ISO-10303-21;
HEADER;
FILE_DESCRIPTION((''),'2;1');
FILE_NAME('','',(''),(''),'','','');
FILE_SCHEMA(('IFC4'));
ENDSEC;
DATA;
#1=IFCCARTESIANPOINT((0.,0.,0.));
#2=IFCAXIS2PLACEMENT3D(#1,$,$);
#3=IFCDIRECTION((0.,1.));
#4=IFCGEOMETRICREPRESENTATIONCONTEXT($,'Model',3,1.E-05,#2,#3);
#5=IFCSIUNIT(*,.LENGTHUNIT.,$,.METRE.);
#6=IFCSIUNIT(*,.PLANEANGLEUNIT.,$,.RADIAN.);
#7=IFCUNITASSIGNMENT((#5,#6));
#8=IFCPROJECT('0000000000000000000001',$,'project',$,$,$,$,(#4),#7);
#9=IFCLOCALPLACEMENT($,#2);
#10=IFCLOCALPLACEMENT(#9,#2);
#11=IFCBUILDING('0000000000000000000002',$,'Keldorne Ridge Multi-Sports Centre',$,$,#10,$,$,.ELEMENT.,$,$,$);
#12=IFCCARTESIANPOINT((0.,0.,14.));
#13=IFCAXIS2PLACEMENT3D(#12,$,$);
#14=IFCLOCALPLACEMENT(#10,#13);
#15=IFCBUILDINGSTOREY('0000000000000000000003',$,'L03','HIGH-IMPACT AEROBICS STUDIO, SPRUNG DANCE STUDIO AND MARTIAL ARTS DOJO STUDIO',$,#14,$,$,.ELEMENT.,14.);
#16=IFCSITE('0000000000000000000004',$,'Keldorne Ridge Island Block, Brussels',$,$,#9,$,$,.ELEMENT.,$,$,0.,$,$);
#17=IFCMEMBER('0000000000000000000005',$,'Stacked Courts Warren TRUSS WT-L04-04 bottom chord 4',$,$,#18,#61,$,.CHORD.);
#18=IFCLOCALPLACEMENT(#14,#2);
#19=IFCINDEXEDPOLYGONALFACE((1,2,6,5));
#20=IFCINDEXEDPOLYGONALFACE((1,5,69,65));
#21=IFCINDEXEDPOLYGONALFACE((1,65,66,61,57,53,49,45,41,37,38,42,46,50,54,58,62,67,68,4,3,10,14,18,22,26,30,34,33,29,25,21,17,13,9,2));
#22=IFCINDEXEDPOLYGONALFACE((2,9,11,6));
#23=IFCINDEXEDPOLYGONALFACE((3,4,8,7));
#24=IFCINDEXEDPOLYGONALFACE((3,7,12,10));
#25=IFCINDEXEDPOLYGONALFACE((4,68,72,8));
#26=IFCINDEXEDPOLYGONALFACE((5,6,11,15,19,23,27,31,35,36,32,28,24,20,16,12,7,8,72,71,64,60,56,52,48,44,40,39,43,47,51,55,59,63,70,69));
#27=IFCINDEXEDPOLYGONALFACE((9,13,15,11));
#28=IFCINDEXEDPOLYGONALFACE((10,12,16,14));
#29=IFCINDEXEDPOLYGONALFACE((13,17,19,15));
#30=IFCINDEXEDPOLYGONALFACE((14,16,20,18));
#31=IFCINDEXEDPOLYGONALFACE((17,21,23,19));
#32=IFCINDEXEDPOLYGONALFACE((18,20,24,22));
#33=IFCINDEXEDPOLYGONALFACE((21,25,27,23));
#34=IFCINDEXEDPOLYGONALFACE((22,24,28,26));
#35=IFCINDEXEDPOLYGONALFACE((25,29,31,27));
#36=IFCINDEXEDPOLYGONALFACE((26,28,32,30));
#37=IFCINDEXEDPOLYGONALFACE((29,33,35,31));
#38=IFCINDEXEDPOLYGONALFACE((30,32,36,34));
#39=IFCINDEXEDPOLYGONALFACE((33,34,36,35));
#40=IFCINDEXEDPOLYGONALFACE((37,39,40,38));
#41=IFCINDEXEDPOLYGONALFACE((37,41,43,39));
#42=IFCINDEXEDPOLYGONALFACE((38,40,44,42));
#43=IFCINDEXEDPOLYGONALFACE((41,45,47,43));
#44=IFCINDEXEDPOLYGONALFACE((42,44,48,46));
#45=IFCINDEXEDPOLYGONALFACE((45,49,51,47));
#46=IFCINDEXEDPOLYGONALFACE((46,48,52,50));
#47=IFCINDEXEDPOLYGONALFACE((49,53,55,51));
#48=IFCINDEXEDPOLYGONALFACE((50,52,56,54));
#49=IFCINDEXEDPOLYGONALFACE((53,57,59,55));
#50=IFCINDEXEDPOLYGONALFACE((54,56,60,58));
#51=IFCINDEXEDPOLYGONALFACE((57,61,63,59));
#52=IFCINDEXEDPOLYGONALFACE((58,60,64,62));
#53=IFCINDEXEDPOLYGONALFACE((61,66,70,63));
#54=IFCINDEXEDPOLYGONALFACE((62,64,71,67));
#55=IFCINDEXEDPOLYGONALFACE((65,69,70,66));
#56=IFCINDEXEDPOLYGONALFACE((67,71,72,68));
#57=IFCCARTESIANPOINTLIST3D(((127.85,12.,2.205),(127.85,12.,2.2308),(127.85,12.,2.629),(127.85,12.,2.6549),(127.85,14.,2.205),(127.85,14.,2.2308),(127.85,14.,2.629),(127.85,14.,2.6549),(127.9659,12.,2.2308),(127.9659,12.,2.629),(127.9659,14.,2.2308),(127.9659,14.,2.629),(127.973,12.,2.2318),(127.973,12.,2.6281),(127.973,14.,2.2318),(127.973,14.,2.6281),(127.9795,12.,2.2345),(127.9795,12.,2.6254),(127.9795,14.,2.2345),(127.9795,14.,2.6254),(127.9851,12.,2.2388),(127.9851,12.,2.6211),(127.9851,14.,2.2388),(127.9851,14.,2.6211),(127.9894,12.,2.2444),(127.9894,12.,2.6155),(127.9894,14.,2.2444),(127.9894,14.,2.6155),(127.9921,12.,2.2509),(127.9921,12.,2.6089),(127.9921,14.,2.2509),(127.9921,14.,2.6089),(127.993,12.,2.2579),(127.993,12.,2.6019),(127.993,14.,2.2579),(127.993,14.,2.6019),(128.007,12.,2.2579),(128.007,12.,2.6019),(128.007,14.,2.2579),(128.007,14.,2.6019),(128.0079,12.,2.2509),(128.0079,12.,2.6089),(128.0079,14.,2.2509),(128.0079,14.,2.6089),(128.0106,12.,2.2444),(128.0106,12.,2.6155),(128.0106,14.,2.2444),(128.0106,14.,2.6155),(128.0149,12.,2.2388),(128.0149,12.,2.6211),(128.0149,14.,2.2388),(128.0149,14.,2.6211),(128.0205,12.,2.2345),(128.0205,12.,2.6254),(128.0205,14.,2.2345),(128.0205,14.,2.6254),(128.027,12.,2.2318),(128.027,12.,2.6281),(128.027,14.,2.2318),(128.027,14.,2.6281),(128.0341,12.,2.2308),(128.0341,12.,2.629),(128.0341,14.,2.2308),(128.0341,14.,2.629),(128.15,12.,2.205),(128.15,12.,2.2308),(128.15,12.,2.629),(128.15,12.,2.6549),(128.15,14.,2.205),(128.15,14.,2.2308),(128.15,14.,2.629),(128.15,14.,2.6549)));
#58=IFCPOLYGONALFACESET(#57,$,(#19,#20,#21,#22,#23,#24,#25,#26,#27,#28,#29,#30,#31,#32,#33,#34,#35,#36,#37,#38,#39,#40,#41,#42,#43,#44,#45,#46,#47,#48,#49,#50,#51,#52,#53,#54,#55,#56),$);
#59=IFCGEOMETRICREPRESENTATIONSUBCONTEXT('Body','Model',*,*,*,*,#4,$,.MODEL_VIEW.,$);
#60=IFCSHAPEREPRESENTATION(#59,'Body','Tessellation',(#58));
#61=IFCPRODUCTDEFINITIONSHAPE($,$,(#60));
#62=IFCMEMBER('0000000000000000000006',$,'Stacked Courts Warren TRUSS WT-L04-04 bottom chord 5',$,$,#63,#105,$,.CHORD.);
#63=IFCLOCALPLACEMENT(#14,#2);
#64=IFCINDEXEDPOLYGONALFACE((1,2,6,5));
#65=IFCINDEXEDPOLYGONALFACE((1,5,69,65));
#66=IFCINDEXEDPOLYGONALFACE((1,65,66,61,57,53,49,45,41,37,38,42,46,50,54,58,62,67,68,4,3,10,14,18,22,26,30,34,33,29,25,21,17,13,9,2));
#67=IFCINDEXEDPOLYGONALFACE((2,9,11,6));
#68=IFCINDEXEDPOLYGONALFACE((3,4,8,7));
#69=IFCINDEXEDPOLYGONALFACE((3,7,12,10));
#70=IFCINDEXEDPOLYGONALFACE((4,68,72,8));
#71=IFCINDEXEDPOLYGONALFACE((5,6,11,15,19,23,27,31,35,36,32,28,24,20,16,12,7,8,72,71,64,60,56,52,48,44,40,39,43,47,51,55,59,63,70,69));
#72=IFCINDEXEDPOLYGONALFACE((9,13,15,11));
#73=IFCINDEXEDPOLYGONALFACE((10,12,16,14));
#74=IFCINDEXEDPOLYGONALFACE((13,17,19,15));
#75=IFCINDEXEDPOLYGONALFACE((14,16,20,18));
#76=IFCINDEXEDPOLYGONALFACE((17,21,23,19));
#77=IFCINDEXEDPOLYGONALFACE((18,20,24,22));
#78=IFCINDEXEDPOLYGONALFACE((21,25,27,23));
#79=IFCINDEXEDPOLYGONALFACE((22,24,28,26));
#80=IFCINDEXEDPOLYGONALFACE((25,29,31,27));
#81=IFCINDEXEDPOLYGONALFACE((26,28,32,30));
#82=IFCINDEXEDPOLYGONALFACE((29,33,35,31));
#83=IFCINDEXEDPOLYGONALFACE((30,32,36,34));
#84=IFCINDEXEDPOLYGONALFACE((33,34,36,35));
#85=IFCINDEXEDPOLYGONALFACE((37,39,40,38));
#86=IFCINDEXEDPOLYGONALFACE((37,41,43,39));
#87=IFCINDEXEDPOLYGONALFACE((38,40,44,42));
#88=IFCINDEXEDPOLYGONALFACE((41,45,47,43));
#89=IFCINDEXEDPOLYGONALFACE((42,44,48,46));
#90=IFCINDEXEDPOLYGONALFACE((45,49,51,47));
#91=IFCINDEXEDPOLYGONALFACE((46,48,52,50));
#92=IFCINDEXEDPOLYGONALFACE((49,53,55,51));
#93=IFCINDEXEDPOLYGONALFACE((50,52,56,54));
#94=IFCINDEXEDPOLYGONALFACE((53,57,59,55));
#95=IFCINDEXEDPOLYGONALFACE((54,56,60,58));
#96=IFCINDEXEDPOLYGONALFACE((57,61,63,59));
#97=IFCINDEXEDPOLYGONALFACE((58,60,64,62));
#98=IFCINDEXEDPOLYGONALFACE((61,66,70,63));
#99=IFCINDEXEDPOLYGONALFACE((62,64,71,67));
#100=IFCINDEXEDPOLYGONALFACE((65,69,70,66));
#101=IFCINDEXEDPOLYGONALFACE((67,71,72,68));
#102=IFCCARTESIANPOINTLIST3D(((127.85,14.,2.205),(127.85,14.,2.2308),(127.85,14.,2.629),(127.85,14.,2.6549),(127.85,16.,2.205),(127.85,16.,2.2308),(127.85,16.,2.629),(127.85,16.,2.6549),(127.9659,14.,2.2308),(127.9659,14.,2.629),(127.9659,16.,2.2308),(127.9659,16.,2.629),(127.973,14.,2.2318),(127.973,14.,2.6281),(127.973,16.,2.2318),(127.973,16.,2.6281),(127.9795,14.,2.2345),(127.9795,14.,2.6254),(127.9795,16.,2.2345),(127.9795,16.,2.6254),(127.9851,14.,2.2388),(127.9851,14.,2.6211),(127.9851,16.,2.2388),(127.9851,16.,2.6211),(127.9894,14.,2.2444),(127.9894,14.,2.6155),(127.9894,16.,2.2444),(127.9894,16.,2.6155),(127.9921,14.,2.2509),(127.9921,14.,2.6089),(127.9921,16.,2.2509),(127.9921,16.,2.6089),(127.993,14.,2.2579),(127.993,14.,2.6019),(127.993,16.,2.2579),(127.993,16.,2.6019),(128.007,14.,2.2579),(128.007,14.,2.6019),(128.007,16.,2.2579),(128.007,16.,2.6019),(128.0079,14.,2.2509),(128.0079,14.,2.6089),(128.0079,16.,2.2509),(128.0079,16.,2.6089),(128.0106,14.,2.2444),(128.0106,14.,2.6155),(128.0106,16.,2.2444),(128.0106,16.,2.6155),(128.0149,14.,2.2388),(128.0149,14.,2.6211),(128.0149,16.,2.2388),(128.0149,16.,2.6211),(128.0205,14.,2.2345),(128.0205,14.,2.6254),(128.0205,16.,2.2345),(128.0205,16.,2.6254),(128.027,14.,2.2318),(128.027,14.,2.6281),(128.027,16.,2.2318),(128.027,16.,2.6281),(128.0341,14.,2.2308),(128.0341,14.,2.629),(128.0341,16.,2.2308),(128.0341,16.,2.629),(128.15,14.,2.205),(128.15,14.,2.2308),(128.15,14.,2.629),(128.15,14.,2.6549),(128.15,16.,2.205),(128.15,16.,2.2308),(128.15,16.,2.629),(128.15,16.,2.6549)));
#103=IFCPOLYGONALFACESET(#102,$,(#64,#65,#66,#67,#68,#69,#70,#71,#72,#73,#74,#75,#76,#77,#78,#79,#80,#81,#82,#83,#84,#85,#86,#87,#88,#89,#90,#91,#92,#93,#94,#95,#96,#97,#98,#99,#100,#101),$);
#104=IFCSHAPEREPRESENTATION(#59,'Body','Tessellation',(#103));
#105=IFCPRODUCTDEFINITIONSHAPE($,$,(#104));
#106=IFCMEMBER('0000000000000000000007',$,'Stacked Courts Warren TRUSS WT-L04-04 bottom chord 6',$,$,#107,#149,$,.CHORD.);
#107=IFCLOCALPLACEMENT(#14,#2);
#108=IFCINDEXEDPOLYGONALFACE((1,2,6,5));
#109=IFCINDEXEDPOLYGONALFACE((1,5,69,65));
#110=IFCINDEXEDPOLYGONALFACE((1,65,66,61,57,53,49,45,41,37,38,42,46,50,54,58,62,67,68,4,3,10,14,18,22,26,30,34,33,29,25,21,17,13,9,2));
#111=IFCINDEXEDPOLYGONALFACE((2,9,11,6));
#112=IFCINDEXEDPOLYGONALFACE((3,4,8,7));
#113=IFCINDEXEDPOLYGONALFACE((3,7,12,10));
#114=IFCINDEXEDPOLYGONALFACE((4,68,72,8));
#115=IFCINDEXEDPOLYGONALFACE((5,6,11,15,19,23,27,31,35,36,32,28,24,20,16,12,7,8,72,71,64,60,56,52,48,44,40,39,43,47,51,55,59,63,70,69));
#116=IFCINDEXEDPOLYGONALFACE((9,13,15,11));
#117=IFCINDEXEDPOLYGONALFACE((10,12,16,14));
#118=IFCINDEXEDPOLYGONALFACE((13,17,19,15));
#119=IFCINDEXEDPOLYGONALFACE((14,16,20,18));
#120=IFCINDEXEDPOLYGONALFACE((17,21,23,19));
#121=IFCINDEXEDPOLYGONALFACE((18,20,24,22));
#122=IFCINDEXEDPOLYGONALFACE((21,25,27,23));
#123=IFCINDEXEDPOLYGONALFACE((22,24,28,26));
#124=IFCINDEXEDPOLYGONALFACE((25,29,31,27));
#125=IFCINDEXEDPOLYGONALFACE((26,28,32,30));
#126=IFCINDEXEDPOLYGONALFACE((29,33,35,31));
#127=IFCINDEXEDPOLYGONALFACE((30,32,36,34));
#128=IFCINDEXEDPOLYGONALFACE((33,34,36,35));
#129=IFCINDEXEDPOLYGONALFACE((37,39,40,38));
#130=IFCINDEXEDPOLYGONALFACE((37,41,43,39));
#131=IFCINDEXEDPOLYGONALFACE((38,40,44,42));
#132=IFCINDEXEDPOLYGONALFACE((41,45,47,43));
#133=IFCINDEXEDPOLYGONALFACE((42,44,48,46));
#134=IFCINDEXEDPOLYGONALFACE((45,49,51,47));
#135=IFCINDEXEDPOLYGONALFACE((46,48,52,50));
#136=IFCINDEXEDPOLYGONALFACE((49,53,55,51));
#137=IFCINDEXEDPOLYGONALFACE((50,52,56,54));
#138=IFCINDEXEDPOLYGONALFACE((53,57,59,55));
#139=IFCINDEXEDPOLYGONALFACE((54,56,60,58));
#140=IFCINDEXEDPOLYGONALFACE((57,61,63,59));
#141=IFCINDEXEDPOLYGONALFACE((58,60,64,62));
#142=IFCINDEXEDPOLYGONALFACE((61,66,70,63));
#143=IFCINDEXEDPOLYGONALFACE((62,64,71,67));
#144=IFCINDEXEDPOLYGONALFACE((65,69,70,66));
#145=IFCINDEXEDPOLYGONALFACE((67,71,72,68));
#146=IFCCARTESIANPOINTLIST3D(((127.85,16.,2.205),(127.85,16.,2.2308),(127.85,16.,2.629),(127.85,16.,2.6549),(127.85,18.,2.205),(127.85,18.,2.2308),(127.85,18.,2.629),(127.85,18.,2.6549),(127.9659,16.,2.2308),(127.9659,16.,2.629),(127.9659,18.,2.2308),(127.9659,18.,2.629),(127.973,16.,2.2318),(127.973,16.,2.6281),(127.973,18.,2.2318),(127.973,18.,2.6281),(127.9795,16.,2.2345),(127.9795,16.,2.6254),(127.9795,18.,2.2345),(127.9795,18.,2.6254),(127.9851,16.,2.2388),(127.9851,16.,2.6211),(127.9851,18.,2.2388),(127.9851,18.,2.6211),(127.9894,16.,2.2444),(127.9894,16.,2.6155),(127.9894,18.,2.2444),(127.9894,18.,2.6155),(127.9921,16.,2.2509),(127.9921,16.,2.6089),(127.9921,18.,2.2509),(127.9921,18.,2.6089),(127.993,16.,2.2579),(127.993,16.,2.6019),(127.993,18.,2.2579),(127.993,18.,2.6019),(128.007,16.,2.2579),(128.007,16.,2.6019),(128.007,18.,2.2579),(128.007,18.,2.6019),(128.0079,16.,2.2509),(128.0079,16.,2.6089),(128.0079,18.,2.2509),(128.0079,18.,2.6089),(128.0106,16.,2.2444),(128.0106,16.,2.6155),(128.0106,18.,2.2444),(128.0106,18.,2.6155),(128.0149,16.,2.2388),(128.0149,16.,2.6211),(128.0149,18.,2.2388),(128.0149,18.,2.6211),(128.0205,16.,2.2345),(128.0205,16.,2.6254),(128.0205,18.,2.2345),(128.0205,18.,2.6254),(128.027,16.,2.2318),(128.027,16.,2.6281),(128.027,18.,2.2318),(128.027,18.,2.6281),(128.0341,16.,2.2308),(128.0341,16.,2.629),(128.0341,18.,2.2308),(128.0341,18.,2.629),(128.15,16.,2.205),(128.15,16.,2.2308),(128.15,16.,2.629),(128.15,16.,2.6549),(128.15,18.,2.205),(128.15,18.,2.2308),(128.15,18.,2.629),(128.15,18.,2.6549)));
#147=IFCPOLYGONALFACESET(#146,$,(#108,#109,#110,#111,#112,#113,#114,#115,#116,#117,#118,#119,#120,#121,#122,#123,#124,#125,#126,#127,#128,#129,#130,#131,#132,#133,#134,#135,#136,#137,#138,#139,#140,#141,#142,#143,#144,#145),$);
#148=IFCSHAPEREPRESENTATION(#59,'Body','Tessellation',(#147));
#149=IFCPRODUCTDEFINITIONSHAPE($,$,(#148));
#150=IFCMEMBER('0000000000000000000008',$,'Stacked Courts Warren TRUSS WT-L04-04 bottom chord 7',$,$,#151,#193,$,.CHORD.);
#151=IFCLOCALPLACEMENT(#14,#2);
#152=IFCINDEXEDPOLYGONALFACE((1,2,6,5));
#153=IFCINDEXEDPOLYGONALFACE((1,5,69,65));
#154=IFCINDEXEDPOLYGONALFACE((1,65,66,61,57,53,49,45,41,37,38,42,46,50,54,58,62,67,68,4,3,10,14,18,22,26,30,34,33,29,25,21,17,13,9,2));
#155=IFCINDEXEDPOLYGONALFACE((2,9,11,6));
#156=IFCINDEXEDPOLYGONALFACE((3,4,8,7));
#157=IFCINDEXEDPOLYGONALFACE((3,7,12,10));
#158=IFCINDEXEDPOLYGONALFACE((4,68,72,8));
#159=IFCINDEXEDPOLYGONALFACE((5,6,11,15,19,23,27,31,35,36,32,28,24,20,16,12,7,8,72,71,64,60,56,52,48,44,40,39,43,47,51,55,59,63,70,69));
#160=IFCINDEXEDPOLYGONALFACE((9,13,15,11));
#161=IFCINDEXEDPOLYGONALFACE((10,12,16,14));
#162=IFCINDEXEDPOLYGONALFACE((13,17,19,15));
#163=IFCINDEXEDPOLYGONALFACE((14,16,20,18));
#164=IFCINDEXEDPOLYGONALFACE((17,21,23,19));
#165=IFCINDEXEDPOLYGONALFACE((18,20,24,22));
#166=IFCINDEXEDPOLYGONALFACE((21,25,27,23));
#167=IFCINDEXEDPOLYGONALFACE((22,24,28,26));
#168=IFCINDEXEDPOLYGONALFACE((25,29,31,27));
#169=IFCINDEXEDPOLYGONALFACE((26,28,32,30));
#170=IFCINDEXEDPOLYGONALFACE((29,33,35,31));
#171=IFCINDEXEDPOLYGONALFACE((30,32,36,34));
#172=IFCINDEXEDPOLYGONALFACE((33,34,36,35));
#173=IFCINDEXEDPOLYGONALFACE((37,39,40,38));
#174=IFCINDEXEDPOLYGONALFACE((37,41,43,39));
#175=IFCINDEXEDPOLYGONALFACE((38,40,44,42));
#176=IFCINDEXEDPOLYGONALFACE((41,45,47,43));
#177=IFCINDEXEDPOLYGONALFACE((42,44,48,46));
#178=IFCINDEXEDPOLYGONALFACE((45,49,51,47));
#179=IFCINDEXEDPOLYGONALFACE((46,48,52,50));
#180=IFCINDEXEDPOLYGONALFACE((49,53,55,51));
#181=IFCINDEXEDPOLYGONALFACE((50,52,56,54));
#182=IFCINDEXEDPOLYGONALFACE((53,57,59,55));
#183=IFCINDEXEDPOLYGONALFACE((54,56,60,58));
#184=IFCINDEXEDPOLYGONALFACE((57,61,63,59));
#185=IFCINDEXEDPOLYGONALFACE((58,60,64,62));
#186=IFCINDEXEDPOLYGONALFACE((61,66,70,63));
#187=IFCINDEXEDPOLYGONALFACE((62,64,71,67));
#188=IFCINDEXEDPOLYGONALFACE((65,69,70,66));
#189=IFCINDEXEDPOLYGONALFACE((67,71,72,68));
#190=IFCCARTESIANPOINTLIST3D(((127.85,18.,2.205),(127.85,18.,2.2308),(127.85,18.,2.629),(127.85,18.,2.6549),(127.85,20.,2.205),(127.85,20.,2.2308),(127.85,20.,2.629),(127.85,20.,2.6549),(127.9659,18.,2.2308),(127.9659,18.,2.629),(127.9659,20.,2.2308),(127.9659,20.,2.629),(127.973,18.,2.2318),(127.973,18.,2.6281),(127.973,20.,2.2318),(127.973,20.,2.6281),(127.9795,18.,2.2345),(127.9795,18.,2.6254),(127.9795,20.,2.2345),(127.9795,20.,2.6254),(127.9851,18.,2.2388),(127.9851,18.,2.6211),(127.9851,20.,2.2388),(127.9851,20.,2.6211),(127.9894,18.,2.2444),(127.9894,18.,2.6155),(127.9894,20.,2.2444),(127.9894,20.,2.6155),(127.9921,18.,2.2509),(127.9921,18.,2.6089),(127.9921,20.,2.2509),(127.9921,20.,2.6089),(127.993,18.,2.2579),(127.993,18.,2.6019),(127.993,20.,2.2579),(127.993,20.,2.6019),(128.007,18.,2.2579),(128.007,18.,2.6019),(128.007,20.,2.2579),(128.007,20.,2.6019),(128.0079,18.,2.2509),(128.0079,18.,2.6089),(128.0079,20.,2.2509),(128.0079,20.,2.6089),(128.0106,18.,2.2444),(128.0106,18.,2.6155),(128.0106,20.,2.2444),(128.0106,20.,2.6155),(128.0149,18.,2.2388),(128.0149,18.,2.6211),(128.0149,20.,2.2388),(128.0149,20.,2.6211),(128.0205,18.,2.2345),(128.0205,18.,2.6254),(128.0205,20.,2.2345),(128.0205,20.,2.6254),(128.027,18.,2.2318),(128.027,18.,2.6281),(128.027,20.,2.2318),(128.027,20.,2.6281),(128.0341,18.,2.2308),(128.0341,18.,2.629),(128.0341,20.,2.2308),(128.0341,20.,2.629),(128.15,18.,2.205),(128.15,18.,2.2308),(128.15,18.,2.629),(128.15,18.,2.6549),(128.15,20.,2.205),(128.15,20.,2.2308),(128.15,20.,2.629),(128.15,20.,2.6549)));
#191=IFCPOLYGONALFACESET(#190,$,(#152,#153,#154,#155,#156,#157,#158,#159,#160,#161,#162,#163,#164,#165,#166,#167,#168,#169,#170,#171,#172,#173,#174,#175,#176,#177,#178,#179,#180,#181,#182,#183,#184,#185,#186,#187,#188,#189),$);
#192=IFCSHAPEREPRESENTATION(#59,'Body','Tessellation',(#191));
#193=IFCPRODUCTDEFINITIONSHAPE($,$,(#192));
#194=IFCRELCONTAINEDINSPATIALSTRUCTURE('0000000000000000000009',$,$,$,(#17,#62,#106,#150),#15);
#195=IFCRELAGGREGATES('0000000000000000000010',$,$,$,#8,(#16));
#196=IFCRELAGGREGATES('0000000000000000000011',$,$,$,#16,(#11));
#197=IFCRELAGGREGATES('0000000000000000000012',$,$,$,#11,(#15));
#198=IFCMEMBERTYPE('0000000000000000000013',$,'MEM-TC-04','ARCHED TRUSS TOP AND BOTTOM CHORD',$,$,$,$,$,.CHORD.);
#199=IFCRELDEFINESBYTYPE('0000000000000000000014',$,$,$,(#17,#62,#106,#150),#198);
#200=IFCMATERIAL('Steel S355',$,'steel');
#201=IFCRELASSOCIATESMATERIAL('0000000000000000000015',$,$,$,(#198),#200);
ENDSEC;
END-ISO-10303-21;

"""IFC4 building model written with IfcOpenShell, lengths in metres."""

from ifc_helpers import new_model, si_unit, direction, frame, origin, origin_2d, place, context, subcontext, project, spatial, i_section, extrude, material, material_profile, profile_set, type_object, element, save


model = new_model("IFC4")

# Units and contexts
model_context = context("Model", 3, precision=1e-05, world=origin(), true_north=direction((0.0, 1.0)))
body_context = subcontext(model_context, "Body", "Model", "MODEL_VIEW")
ifc_project = project(units=[si_unit("LENGTHUNIT", "METRE"), si_unit("PLANEANGLEUNIT", "RADIAN")], contexts=[model_context])

# Site, building, storey
site_placement = place(None, origin())
site = spatial("IfcSite", under=ifc_project, at=site_placement, Name="Keldorne Ridge Island Block, Brussels", CompositionType="ELEMENT", RefElevation=0.0)
building_placement = place(site_placement, origin())
building = spatial("IfcBuilding", under=site, at=building_placement, Name="Keldorne Ridge Multi-Sports Centre", CompositionType="ELEMENT")
storey_placement = place(building_placement, frame((0.0, 0.0, 14.0)))
storey = spatial("IfcBuildingStorey", under=building, at=storey_placement, Name="L03", Description="HIGH-IMPACT AEROBICS STUDIO, SPRUNG DANCE STUDIO AND MARTIAL ARTS DOJO STUDIO", CompositionType="ELEMENT", Elevation=14.0)

# Members
ifc_material = material(Name="Steel S355", Category="steel")
ifc_material_profile_1 = material_profile(ifc_material, i_section(OverallWidth=0.3, OverallDepth=0.45, WebThickness=0.0139, FlangeThickness=0.0259, FilletRadius=0.0271, at=origin_2d()), Name="HEB 450")
ifc_profile_set_1 = profile_set([ifc_material_profile_1], Name="Steel S355")
member_type_1 = type_object("IfcMemberType", Name="MEM-TC-04", Description="ARCHED TRUSS TOP AND BOTTOM CHORD", PredefinedType="CHORD", material=ifc_profile_set_1)
for number, where, z_axis, x_axis, name in (
    (1, (128.0, 12.0, 2.4299), (0.0, 1.0, 0.0), (-1.0, 0.0, 0.0), "Stacked Courts Warren TRUSS WT-L04-04 bottom chord 4"),
    (2, (128.0, 14.0, 2.4299), (0.0, 1.0, 0.0), (-1.0, 0.0, 0.0), "Stacked Courts Warren TRUSS WT-L04-04 bottom chord 5"),
    (3, (128.0, 16.0, 2.4299), (0.0, 1.0, 0.0), (-1.0, 0.0, 0.0), "Stacked Courts Warren TRUSS WT-L04-04 bottom chord 6"),
    (4, (128.0, 18.0, 2.4299), (0.0, 1.0, 0.0), (-1.0, 0.0, 0.0), "Stacked Courts Warren TRUSS WT-L04-04 bottom chord 7"),
):
    element("IfcMember", number, at=place(storey_placement, frame(where, z_axis=z_axis, x_axis=x_axis)), inside=storey, type_object=member_type_1, Name=name, PredefinedType="CHORD", context=body_context, shape_type="SweptSolid", body=[
        extrude(i_section(OverallWidth=0.3, OverallDepth=0.45, WebThickness=0.0139, FlangeThickness=0.0259, FilletRadius=0.0271, at=origin_2d()), origin(), (0.0, 0.0, 1.0), 2.0),
    ])

save(model, "model.ifc")
